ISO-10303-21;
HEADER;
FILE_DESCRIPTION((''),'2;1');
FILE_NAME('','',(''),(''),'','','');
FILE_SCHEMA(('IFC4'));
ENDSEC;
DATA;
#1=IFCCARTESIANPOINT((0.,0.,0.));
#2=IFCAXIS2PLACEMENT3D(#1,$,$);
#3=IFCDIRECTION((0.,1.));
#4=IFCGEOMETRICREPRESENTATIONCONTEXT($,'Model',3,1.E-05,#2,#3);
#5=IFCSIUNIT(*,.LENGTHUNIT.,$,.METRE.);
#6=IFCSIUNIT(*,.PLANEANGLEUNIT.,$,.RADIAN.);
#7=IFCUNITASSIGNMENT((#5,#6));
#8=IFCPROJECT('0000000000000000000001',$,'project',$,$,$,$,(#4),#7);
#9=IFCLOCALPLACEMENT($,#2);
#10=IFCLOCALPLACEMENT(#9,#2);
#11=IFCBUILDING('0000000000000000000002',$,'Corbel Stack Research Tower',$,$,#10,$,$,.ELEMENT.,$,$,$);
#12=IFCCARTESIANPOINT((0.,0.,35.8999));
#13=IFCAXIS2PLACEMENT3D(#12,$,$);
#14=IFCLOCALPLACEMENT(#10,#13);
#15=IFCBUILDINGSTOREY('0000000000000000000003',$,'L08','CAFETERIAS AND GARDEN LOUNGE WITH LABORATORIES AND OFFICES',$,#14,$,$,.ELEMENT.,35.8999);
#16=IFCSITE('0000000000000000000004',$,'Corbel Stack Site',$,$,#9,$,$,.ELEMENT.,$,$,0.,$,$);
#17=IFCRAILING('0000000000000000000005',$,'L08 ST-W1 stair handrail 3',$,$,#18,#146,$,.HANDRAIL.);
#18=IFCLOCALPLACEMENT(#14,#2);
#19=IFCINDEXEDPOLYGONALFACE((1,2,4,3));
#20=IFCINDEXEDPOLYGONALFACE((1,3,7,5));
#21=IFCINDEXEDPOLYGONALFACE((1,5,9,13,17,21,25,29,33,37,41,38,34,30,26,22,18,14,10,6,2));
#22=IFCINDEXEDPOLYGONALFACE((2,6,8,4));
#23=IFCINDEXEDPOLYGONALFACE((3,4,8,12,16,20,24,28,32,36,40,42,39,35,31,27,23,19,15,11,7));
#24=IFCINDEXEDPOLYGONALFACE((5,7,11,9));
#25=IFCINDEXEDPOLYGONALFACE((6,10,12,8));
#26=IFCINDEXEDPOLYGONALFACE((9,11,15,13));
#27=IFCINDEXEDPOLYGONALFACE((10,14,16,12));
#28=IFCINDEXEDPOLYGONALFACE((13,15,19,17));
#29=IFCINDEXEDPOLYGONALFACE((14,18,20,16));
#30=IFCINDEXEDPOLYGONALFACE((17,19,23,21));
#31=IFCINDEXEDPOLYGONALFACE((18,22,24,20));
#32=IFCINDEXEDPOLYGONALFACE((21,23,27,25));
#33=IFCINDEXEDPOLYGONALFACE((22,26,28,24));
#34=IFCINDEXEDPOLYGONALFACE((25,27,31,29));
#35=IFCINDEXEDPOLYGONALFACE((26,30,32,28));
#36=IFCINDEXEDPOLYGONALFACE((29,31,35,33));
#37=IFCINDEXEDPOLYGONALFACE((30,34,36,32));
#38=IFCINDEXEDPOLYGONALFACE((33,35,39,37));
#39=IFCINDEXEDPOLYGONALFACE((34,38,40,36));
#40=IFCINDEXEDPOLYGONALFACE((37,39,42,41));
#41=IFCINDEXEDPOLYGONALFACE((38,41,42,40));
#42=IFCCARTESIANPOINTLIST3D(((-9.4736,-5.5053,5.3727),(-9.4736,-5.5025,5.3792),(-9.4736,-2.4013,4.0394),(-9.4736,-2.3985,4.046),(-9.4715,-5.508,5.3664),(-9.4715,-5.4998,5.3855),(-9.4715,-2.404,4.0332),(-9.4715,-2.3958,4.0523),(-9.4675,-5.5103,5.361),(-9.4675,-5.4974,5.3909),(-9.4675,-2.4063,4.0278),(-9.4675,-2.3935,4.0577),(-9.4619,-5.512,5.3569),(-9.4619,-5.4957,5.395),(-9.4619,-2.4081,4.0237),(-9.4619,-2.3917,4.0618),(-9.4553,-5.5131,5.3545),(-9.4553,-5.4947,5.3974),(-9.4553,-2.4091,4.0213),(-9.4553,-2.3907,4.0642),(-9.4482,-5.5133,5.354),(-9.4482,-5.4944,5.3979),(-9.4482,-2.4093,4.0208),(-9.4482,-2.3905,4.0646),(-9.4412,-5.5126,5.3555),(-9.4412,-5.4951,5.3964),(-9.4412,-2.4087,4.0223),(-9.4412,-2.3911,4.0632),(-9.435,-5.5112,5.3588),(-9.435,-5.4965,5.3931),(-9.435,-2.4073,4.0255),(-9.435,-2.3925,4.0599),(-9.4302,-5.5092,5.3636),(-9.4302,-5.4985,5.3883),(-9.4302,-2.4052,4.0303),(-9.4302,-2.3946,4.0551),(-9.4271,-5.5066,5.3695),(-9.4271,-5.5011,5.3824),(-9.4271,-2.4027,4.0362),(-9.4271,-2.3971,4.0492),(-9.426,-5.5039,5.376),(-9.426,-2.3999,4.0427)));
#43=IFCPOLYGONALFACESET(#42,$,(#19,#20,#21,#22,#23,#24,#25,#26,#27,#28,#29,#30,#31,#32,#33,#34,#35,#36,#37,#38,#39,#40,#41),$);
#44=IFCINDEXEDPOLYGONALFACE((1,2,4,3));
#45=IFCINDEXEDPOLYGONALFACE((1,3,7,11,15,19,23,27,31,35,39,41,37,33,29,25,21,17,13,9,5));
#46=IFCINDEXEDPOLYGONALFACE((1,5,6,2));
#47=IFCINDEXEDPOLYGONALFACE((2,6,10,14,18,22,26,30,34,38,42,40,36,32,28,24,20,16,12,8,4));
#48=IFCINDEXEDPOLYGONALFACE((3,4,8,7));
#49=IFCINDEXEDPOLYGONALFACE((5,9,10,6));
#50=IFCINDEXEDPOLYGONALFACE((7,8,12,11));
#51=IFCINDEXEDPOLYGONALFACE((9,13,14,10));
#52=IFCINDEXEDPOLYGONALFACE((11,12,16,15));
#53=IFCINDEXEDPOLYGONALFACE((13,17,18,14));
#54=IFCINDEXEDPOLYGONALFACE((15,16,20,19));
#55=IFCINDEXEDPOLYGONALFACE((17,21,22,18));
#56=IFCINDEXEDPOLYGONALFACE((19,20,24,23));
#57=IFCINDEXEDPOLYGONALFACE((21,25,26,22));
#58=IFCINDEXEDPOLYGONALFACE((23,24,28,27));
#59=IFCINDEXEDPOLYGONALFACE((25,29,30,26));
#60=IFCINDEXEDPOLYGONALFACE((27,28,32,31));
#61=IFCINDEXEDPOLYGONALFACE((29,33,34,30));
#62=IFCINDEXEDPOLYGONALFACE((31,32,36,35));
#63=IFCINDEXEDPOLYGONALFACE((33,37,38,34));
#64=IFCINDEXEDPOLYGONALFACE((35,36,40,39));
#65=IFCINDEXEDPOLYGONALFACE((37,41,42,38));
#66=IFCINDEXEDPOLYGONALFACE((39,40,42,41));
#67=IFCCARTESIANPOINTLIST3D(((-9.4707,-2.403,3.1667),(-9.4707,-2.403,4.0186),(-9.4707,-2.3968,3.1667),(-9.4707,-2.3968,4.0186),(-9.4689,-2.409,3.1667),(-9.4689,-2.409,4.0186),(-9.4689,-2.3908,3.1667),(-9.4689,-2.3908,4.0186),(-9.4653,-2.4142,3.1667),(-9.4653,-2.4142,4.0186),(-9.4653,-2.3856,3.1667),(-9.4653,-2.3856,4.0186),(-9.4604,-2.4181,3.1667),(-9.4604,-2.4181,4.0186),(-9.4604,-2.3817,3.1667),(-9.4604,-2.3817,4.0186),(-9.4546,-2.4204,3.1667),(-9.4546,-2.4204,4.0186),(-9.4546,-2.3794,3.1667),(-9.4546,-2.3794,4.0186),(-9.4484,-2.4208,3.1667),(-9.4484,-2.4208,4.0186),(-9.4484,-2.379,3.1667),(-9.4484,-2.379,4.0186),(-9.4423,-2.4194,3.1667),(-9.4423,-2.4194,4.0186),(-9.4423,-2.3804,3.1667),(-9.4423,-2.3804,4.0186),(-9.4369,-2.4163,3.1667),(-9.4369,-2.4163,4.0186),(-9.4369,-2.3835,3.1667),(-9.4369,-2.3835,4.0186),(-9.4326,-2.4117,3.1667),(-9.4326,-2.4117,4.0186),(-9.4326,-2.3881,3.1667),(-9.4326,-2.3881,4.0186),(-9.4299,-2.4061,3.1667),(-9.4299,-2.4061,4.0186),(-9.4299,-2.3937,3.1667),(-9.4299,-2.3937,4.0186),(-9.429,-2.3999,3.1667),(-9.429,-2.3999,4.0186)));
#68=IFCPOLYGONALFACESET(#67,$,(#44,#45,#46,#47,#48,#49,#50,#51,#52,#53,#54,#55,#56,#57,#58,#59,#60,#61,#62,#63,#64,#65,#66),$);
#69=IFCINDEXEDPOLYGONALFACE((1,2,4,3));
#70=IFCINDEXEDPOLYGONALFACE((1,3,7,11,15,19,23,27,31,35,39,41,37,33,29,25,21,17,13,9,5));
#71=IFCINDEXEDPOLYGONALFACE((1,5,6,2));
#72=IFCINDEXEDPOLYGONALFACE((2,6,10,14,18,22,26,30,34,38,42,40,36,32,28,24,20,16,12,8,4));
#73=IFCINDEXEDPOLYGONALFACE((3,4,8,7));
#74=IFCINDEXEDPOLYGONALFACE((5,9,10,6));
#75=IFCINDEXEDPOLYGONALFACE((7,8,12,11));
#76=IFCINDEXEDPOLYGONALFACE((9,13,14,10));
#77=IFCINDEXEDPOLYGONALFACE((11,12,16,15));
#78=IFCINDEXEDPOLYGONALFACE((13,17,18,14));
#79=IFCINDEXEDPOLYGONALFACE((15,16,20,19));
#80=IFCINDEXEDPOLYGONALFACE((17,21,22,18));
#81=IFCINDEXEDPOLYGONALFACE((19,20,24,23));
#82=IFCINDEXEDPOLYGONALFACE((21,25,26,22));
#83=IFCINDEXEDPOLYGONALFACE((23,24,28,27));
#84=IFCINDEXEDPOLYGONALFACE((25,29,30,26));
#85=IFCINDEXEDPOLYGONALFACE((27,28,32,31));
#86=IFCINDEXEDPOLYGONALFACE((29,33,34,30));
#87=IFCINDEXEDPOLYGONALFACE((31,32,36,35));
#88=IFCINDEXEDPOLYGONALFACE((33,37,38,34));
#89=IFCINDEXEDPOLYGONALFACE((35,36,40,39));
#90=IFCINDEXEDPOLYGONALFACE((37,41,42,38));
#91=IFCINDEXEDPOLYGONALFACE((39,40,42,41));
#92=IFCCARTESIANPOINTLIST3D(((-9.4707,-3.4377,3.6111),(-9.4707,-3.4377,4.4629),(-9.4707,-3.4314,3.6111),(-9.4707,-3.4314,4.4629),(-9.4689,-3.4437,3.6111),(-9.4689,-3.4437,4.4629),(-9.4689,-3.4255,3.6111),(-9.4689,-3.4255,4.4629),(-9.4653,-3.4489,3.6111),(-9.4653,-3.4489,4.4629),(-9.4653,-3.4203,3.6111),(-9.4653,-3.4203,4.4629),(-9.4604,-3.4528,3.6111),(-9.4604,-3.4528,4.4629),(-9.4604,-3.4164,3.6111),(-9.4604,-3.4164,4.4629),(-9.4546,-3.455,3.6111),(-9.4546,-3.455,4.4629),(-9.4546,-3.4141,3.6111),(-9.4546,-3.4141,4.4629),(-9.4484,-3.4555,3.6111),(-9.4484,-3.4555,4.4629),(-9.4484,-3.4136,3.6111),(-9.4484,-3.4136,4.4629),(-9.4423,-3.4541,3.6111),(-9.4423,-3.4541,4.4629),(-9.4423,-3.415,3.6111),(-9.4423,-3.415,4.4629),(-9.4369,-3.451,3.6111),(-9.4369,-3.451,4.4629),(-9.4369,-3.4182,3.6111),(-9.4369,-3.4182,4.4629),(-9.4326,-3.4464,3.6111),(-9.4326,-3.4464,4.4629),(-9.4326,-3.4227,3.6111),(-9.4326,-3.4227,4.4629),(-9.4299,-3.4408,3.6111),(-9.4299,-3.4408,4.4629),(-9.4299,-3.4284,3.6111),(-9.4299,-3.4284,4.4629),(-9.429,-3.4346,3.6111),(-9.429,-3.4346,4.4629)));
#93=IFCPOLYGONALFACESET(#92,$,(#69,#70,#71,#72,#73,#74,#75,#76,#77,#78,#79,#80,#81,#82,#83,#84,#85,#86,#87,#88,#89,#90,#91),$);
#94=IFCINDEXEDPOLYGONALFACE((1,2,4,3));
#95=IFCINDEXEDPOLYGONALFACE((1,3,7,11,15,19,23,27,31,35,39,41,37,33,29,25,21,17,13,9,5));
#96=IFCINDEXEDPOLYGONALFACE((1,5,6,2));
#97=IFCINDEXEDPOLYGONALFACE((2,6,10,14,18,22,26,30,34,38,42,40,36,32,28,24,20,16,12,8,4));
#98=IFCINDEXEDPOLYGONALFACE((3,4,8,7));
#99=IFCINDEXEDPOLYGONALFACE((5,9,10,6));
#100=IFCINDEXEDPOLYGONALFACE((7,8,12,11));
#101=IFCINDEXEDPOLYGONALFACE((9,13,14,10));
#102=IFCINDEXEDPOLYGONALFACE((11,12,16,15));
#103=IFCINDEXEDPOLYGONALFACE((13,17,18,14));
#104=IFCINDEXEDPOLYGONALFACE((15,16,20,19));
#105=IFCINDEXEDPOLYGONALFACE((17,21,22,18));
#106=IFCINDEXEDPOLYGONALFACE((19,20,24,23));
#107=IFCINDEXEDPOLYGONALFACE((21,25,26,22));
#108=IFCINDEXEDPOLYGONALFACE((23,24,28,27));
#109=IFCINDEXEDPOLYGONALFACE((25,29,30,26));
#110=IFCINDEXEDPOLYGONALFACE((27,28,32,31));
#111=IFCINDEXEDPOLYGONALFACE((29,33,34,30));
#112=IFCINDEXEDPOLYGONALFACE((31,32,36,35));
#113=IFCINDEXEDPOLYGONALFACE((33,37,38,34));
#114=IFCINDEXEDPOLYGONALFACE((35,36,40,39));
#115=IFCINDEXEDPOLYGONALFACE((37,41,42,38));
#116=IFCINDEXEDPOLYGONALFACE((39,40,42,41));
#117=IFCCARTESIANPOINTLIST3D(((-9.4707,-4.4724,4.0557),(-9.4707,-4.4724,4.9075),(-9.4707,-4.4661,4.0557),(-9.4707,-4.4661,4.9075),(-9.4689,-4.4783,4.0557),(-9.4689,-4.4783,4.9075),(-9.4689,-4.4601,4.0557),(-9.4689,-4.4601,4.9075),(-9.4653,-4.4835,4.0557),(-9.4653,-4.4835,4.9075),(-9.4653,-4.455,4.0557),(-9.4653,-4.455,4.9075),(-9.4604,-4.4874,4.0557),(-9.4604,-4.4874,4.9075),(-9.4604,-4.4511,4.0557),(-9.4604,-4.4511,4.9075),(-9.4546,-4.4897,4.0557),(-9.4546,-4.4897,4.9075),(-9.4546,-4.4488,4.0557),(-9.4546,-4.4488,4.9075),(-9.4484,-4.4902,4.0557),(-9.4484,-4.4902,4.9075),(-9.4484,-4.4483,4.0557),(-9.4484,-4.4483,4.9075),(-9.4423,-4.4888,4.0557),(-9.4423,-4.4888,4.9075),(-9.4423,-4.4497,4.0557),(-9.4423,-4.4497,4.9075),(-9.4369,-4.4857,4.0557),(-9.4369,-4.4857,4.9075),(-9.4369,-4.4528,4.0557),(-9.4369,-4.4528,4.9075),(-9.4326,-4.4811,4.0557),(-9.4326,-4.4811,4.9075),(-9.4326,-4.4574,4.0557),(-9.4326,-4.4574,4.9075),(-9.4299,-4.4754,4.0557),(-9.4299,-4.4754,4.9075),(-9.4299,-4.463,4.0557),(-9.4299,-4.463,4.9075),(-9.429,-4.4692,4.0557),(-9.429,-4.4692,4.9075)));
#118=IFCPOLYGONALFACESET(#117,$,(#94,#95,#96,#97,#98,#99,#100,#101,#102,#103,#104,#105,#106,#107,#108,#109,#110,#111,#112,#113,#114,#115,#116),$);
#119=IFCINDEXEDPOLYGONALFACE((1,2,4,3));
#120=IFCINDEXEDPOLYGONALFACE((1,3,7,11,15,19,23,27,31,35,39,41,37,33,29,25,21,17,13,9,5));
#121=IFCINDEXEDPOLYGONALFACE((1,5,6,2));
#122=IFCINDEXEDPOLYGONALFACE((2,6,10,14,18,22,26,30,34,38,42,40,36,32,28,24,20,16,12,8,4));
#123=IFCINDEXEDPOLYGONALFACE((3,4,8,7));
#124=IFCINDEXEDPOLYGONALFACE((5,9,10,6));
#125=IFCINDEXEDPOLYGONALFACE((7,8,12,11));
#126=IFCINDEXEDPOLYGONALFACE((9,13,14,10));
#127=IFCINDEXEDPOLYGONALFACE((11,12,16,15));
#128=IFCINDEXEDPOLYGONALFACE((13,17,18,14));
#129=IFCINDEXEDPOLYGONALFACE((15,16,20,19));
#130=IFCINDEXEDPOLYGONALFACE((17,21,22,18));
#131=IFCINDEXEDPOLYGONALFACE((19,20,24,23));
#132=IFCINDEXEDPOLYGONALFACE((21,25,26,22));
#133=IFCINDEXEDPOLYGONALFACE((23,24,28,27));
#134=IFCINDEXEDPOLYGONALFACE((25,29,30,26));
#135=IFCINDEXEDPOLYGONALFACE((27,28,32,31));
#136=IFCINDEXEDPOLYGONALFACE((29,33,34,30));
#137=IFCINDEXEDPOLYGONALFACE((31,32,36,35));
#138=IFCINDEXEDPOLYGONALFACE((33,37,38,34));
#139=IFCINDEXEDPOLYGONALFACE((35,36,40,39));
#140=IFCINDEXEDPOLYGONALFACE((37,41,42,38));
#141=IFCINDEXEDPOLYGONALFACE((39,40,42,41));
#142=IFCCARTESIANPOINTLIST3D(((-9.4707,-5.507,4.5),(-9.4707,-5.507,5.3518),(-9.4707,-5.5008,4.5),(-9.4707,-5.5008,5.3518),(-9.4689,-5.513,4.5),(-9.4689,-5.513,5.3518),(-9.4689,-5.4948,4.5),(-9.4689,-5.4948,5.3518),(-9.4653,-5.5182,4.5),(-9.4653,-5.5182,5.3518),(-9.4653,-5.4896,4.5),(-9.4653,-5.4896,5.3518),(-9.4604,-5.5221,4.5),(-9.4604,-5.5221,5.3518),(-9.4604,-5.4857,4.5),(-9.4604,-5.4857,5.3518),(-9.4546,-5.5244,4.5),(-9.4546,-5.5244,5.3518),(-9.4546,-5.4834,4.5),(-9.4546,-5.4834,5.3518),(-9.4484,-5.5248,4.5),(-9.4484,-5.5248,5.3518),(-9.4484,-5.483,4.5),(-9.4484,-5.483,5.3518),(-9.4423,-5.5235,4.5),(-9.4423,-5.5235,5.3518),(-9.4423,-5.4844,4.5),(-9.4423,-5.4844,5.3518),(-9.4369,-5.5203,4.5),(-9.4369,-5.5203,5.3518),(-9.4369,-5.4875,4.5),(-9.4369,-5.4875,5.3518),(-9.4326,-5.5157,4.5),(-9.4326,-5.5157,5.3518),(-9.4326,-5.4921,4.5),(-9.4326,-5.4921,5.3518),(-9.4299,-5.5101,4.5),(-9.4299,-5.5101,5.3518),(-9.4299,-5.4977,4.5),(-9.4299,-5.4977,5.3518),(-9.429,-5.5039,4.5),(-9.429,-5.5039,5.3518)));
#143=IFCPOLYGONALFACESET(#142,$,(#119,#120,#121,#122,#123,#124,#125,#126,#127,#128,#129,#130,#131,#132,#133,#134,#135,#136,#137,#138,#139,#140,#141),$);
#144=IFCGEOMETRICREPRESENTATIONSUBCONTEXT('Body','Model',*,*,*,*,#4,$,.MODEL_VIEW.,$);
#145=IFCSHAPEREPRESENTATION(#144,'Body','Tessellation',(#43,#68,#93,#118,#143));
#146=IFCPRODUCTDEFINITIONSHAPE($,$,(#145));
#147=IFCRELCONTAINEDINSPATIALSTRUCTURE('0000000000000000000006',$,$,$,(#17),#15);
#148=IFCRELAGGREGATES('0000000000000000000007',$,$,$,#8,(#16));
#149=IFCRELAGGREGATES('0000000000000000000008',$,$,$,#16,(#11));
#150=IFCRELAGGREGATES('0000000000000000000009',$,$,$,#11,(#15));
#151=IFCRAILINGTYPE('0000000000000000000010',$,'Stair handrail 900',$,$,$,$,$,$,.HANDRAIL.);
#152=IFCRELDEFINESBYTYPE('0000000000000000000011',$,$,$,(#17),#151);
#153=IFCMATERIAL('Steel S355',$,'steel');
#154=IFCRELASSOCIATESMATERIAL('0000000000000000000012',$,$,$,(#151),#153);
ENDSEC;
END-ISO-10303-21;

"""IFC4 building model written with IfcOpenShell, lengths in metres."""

from ifc_helpers import new_model, si_unit, direction, frame, origin, origin_2d, place, context, subcontext, project, spatial, circle, extrude, material, type_object, element, save


model = new_model("IFC4")

# Units and contexts
model_context = context("Model", 3, precision=1e-05, world=origin(), true_north=direction((0.0, 1.0)))
body_context = subcontext(model_context, "Body", "Model", "MODEL_VIEW")
ifc_project = project(units=[si_unit("LENGTHUNIT", "METRE"), si_unit("PLANEANGLEUNIT", "RADIAN")], contexts=[model_context])

# Site, building, storey
site_placement = place(None, origin())
site = spatial("IfcSite", under=ifc_project, at=site_placement, Name="Corbel Stack Site", CompositionType="ELEMENT", RefElevation=0.0)
building_placement = place(site_placement, origin())
building = spatial("IfcBuilding", under=site, at=building_placement, Name="Corbel Stack Research Tower", CompositionType="ELEMENT")
storey_placement = place(building_placement, frame((0.0, 0.0, 35.8999)))
storey = spatial("IfcBuildingStorey", under=building, at=storey_placement, Name="L08", Description="CAFETERIAS AND GARDEN LOUNGE WITH LABORATORIES AND OFFICES", CompositionType="ELEMENT", Elevation=35.8999)

# Railing
ifc_material_1 = material(Name="Steel S355", Category="steel")
railing_type_1 = type_object("IfcRailingType", Name="Stair handrail 900", PredefinedType="HANDRAIL", material=ifc_material_1)
railing_1_placement = place(storey_placement, frame((-9.45, -2.3999, 3.1667)))
element("IfcRailing", 1, at=railing_1_placement, inside=storey, type_object=railing_type_1, Name="L08 ST-W1 stair handrail 3", PredefinedType="HANDRAIL", context=body_context, shape_type="SweptSolid", body=[
    extrude(circle(Radius=0.0239, at=origin_2d()), frame((0.0, 0.0, 0.876), z_axis=(0.0, -0.918827, 0.394661), x_axis=(1.0, 0.0, 0.0)), (0.0, 0.0, 1.0), 3.3782),
    extrude(circle(Radius=0.021, at=origin_2d()), origin(), (0.0, 0.0, 1.0), 0.8518),
    extrude(circle(Radius=0.021, at=origin_2d()), frame((0.0, -1.0347, 0.4443)), (0.0, 0.0, 1.0), 0.8518),
    extrude(circle(Radius=0.021, at=origin_2d()), frame((0.0, -2.0693, 0.8889)), (0.0, 0.0, 1.0), 0.8518),
    extrude(circle(Radius=0.021, at=origin_2d()), frame((0.0, -3.104, 1.3333)), (0.0, 0.0, 1.0), 0.8518),
])

save(model, "model.ifc")
